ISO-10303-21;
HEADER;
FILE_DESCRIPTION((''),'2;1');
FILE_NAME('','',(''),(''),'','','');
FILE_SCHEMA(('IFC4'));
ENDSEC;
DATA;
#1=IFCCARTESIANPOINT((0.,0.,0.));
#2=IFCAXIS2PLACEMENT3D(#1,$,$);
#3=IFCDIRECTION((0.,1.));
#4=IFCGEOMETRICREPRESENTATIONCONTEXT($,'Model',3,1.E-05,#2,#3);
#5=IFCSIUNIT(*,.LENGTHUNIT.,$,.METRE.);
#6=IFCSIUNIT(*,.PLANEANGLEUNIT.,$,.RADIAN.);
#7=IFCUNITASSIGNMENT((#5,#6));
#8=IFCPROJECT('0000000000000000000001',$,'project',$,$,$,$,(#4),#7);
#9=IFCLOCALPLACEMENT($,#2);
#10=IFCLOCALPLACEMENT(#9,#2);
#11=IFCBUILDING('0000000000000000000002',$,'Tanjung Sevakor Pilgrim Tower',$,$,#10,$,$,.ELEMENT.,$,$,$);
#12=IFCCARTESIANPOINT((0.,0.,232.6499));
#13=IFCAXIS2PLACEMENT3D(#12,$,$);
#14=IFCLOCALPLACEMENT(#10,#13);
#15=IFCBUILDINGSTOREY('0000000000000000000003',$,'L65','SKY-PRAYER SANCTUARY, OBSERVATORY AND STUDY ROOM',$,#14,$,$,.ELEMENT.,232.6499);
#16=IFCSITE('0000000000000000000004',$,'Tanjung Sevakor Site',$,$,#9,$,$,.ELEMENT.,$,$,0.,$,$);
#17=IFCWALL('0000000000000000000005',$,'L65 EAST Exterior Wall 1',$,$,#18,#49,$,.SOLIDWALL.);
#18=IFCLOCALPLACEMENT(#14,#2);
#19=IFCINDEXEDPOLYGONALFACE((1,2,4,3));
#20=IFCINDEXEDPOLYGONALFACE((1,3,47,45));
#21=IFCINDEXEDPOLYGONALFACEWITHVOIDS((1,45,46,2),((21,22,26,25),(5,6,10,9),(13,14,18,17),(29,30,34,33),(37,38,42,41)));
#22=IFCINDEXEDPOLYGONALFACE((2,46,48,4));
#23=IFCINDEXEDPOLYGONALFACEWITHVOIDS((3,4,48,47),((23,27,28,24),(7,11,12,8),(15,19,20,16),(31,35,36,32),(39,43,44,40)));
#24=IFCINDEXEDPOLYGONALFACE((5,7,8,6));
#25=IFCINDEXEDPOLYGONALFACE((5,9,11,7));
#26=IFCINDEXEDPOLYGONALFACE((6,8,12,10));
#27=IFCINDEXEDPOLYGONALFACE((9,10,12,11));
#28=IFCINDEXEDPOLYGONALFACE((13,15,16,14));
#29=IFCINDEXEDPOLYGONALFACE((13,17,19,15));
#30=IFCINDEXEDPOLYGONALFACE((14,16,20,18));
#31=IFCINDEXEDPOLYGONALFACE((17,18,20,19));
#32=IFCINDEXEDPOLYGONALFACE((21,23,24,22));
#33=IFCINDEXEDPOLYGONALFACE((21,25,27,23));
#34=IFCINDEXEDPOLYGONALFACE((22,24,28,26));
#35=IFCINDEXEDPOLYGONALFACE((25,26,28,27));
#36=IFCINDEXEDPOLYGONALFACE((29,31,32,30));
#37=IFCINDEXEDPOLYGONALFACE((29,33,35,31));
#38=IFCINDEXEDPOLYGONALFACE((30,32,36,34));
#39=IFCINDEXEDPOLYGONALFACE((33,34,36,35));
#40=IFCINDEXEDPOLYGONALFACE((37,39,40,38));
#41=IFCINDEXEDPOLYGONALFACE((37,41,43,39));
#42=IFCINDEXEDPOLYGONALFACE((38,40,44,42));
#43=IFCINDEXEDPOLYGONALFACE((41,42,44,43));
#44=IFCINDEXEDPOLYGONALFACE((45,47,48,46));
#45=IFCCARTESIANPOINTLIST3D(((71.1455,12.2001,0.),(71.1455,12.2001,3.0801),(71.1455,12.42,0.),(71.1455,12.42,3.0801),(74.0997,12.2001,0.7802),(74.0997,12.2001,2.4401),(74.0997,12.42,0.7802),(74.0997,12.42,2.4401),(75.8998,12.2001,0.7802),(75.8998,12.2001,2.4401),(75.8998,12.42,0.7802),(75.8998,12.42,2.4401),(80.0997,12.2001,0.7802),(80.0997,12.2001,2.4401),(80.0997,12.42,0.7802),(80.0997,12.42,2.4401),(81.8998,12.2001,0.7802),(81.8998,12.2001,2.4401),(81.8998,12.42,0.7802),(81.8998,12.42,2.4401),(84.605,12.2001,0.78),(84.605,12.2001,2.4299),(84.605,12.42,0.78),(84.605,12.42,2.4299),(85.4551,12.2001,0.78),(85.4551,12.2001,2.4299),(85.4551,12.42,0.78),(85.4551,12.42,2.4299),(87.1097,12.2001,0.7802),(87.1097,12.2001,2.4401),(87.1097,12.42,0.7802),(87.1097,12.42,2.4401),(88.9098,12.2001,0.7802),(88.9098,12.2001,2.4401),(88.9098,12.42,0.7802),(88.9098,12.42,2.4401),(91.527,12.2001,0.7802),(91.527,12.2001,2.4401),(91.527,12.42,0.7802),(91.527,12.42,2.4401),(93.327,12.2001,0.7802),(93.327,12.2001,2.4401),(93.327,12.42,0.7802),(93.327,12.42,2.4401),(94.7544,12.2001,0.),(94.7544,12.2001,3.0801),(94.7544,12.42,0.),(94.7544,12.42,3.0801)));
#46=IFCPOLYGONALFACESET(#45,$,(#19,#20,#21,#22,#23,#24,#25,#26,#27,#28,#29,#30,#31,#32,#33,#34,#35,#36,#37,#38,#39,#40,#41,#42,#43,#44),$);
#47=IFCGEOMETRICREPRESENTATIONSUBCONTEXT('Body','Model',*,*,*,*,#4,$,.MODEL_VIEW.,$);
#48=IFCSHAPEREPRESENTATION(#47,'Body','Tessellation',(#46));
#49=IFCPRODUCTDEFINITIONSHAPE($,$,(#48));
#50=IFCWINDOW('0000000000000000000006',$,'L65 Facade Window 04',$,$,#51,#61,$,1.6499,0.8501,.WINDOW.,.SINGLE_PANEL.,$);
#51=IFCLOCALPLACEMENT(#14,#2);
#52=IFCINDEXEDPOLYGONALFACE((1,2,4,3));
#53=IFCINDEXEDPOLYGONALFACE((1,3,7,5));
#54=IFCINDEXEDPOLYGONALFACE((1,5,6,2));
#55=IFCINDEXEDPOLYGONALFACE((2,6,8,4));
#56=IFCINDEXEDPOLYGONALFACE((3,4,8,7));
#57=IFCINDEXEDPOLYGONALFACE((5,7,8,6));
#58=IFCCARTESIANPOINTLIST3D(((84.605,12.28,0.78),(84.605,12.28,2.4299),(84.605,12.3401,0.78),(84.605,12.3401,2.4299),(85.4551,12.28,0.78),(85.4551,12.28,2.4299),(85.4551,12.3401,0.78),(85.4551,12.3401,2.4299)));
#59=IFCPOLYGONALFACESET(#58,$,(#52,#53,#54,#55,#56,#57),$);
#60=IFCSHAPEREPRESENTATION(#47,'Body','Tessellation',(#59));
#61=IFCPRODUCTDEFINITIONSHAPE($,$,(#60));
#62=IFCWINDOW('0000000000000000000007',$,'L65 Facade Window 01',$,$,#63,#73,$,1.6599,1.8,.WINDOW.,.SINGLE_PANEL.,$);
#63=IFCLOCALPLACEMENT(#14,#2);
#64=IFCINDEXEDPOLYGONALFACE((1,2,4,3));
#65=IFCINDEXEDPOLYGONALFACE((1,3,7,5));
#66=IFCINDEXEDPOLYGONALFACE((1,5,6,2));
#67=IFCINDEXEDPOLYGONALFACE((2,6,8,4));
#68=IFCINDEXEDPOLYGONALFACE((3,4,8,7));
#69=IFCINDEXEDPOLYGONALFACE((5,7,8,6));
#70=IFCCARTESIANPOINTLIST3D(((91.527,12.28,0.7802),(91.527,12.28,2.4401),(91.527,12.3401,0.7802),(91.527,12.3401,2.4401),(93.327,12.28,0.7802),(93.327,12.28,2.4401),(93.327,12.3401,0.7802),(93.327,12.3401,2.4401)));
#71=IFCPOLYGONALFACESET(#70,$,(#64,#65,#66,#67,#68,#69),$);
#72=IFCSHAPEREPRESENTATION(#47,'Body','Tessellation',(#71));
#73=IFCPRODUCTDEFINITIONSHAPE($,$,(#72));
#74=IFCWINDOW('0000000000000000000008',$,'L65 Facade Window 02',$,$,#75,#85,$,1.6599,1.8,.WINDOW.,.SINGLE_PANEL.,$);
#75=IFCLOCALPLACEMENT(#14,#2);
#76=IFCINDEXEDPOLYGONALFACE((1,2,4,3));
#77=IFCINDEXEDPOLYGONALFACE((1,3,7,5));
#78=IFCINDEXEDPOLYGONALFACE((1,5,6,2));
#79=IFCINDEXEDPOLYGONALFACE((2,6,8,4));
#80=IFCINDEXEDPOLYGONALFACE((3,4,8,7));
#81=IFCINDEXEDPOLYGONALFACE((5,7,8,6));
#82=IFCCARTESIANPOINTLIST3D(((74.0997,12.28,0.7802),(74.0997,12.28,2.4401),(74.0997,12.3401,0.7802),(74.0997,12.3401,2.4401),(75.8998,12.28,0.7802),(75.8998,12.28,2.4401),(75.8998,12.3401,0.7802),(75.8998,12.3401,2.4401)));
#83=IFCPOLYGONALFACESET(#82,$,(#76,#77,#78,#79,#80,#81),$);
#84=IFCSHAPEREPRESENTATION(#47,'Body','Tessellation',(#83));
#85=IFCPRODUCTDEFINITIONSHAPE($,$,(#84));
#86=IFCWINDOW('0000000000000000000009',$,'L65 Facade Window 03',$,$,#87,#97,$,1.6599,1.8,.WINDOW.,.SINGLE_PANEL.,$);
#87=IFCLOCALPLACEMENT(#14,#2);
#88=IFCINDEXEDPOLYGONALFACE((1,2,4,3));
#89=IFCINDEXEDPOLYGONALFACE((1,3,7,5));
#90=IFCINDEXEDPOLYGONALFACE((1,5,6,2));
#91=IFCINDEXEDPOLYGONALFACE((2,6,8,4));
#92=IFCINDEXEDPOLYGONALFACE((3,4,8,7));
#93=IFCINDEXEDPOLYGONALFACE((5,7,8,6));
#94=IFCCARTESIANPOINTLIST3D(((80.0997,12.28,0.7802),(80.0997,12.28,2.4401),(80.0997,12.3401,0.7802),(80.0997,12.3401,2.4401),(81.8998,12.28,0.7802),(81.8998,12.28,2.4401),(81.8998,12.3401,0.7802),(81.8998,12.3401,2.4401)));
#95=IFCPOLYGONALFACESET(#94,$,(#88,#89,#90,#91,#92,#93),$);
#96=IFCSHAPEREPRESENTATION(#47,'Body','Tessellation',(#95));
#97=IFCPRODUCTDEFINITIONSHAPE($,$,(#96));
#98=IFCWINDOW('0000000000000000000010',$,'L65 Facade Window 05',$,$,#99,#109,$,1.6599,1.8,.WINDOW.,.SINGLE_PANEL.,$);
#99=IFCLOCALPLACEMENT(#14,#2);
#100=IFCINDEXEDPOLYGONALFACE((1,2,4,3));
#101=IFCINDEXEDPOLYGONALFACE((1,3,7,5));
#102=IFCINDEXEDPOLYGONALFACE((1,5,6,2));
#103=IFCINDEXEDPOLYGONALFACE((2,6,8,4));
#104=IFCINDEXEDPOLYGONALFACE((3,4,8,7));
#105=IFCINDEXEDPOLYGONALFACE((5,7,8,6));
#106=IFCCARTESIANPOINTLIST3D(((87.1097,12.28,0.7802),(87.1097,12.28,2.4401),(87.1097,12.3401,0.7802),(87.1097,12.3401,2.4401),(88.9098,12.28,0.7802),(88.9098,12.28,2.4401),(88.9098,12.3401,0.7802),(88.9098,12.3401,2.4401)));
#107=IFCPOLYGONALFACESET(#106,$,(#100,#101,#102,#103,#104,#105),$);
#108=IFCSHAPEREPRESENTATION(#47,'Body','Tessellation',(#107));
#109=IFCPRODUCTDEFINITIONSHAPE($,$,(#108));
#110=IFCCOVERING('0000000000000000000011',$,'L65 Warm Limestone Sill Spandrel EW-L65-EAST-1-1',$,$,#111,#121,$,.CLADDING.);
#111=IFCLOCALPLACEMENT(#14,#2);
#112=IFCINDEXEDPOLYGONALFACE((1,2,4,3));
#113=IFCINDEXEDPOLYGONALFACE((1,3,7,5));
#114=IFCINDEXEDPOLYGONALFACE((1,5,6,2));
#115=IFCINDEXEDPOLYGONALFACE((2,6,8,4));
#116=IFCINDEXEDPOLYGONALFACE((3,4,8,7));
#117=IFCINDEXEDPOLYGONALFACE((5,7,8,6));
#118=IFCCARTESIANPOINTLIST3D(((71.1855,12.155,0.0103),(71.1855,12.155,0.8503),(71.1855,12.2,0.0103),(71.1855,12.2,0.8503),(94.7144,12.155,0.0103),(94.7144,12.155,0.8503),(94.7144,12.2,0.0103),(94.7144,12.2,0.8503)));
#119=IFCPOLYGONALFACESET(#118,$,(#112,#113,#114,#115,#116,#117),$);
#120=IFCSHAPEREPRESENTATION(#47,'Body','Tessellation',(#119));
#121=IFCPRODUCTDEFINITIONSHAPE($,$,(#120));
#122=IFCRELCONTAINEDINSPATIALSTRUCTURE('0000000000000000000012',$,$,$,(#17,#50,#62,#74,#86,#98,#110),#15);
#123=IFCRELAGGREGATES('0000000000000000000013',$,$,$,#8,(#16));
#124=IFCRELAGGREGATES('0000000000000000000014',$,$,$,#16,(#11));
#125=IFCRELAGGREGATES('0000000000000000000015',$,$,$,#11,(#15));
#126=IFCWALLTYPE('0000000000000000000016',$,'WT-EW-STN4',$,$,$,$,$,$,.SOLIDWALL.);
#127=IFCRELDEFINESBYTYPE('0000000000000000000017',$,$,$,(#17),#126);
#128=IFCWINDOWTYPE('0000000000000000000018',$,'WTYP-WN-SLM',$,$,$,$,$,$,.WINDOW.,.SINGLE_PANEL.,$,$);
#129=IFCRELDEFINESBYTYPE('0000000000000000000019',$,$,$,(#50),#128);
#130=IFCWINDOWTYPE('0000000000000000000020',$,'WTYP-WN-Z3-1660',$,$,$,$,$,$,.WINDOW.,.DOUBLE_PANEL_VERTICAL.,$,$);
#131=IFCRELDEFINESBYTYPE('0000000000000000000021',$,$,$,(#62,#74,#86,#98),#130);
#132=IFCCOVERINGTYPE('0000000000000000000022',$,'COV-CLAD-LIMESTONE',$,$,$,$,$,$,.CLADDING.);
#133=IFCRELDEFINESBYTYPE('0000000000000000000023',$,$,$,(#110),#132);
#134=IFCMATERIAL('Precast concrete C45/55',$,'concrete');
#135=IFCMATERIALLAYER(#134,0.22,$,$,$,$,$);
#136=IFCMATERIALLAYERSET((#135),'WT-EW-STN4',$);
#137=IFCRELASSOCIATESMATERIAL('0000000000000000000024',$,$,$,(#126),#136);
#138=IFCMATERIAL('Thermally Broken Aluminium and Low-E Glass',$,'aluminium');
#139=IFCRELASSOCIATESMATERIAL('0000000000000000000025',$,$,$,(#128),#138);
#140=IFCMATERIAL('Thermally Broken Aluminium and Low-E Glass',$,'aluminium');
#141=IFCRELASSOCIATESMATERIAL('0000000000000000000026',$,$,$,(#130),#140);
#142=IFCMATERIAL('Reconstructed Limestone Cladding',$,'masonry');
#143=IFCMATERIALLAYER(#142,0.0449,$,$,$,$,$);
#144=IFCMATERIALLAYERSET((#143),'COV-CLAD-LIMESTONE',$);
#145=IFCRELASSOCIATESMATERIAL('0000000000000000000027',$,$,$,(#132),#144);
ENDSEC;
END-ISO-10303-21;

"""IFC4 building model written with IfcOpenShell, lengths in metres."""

from ifc_helpers import new_model, si_unit, direction, frame, frame_2d, origin, origin_2d, place, context, subcontext, project, spatial, rectangle, extrude, material, layer, layer_set, type_object, element, fill, save


model = new_model("IFC4")

# Units and contexts
model_context = context("Model", 3, precision=1e-05, world=origin(), true_north=direction((0.0, 1.0)))
body_context = subcontext(model_context, "Body", "Model", "MODEL_VIEW")
ifc_project = project(units=[si_unit("LENGTHUNIT", "METRE"), si_unit("PLANEANGLEUNIT", "RADIAN")], contexts=[model_context])

# Site, building, storey
site_placement = place(None, origin())
site = spatial("IfcSite", under=ifc_project, at=site_placement, Name="Tanjung Sevakor Site", CompositionType="ELEMENT", RefElevation=0.0)
building_placement = place(site_placement, origin())
building = spatial("IfcBuilding", under=site, at=building_placement, Name="Tanjung Sevakor Pilgrim Tower", CompositionType="ELEMENT")
storey_placement = place(building_placement, frame((0.0, 0.0, 232.6499)))
storey = spatial("IfcBuildingStorey", under=building, at=storey_placement, Name="L65", Description="SKY-PRAYER SANCTUARY, OBSERVATORY AND STUDY ROOM", CompositionType="ELEMENT", Elevation=232.6499)

# Wall, openings, windows
ifc_material_1 = material(Name="Precast concrete C45/55", Category="concrete")
ifc_layer_1 = layer(ifc_material_1, 0.22)
ifc_layer_set_1 = layer_set([ifc_layer_1], Name="WT-EW-STN4")
wall_type_1 = type_object("IfcWallType", Name="WT-EW-STN4", PredefinedType="SOLIDWALL", material=ifc_layer_set_1)
wall_placement = place(storey_placement, frame((71.1455, 12.3101, 0.0), z_axis=(0.0, 0.0, 1.0), x_axis=(1.0, 0.0, 0.0)))
wall = element("IfcWall", 1, at=wall_placement, inside=storey, type_object=wall_type_1, Name="L65 EAST Exterior Wall 1", PredefinedType="SOLIDWALL", context=body_context, shape_type="SweptSolid", body=[
    extrude(rectangle(XDim=23.6089, YDim=0.22, at=frame_2d((11.8044, 0.0))), origin(), (0.0, 0.0, 1.0), 3.0801),
])
opening_1_placement = place(wall_placement, frame((20.3816, 0.0, 0.78)))
opening_1 = element("IfcOpeningElement", 2, at=opening_1_placement, cuts=wall, PredefinedType="OPENING", context=body_context, shape_type="SweptSolid", body=[
    extrude(rectangle(XDim=1.8, YDim=1.6599, at=frame_2d((0.8999, 0.8301))), frame((0.0, 0.1199, 0.0), z_axis=(0.0, -1.0, 0.0), x_axis=(1.0, 0.0, 0.0)), (0.0, 0.0, 1.0), 0.24),
])
opening_2_placement = place(wall_placement, frame((2.9543, 0.0, 0.78)))
opening_2 = element("IfcOpeningElement", 3, at=opening_2_placement, cuts=wall, PredefinedType="OPENING", context=body_context, shape_type="SweptSolid", body=[
    extrude(rectangle(XDim=1.8, YDim=1.6599, at=frame_2d((0.8999, 0.8301))), frame((0.0, 0.1199, 0.0), z_axis=(0.0, -1.0, 0.0), x_axis=(1.0, 0.0, 0.0)), (0.0, 0.0, 1.0), 0.24),
])
opening_3_placement = place(wall_placement, frame((8.9543, 0.0, 0.78)))
opening_3 = element("IfcOpeningElement", 4, at=opening_3_placement, cuts=wall, PredefinedType="OPENING", context=body_context, shape_type="SweptSolid", body=[
    extrude(rectangle(XDim=1.8, YDim=1.6599, at=frame_2d((0.8999, 0.8301))), frame((0.0, 0.1199, 0.0), z_axis=(0.0, -1.0, 0.0), x_axis=(1.0, 0.0, 0.0)), (0.0, 0.0, 1.0), 0.24),
])
opening_4_placement = place(wall_placement, frame((13.4595, 0.0, 0.78)))
opening_4 = element("IfcOpeningElement", 5, at=opening_4_placement, cuts=wall, PredefinedType="OPENING", context=body_context, shape_type="SweptSolid", body=[
    extrude(rectangle(XDim=0.8501, YDim=1.6499, at=frame_2d((0.425, 0.825))), frame((0.0, 0.1199, 0.0), z_axis=(0.0, -1.0, 0.0), x_axis=(1.0, 0.0, 0.0)), (0.0, 0.0, 1.0), 0.24),
])
opening_5_placement = place(wall_placement, frame((15.9644, 0.0, 0.78)))
opening_5 = element("IfcOpeningElement", 6, at=opening_5_placement, cuts=wall, PredefinedType="OPENING", context=body_context, shape_type="SweptSolid", body=[
    extrude(rectangle(XDim=1.8, YDim=1.6599, at=frame_2d((0.8999, 0.8301))), frame((0.0, 0.1199, 0.0), z_axis=(0.0, -1.0, 0.0), x_axis=(1.0, 0.0, 0.0)), (0.0, 0.0, 1.0), 0.24),
])
ifc_material_2 = material(Name="Thermally Broken Aluminium and Low-E Glass", Category="aluminium")
window_type_1 = type_object("IfcWindowType", Name="WTYP-WN-SLM", PartitioningType="SINGLE_PANEL", PredefinedType="WINDOW", material=ifc_material_2)
window_1_placement = place(opening_4_placement, origin())
window_1 = element("IfcWindow", 7, at=window_1_placement, inside=storey, type_object=window_type_1, Name="L65 Facade Window 04", OverallHeight=1.6499, OverallWidth=0.8501, PartitioningType="SINGLE_PANEL", PredefinedType="WINDOW", context=body_context, shape_type="SweptSolid", body=[
    extrude(rectangle(XDim=0.8501, YDim=1.6499, at=frame_2d((0.425, 0.825))), frame((0.0, 0.03, 0.0), z_axis=(0.0, -1.0, 0.0), x_axis=(1.0, 0.0, 0.0)), (0.0, 0.0, 1.0), 0.0601),
])
fill(opening_4, window_1)
ifc_material_3 = material(Name="Thermally Broken Aluminium and Low-E Glass", Category="aluminium")
window_type_2 = type_object("IfcWindowType", Name="WTYP-WN-Z3-1660", PartitioningType="DOUBLE_PANEL_VERTICAL", PredefinedType="WINDOW", material=ifc_material_3)
window_2_placement = place(opening_1_placement, origin())
window_2 = element("IfcWindow", 8, at=window_2_placement, inside=storey, type_object=window_type_2, Name="L65 Facade Window 01", OverallHeight=1.6599, OverallWidth=1.8, PartitioningType="SINGLE_PANEL", PredefinedType="WINDOW", context=body_context, shape_type="SweptSolid", body=[
    extrude(rectangle(XDim=1.8, YDim=1.6599, at=frame_2d((0.8999, 0.8301))), frame((0.0, 0.03, 0.0), z_axis=(0.0, -1.0, 0.0), x_axis=(1.0, 0.0, 0.0)), (0.0, 0.0, 1.0), 0.0601),
])
fill(opening_1, window_2)
window_3_placement = place(opening_2_placement, origin())
window_3 = element("IfcWindow", 9, at=window_3_placement, inside=storey, type_object=window_type_2, Name="L65 Facade Window 02", OverallHeight=1.6599, OverallWidth=1.8, PartitioningType="SINGLE_PANEL", PredefinedType="WINDOW", context=body_context, shape_type="SweptSolid", body=[
    extrude(rectangle(XDim=1.8, YDim=1.6599, at=frame_2d((0.8999, 0.8301))), frame((0.0, 0.03, 0.0), z_axis=(0.0, -1.0, 0.0), x_axis=(1.0, 0.0, 0.0)), (0.0, 0.0, 1.0), 0.0601),
])
fill(opening_2, window_3)
window_4_placement = place(opening_3_placement, origin())
window_4 = element("IfcWindow", 10, at=window_4_placement, inside=storey, type_object=window_type_2, Name="L65 Facade Window 03", OverallHeight=1.6599, OverallWidth=1.8, PartitioningType="SINGLE_PANEL", PredefinedType="WINDOW", context=body_context, shape_type="SweptSolid", body=[
    extrude(rectangle(XDim=1.8, YDim=1.6599, at=frame_2d((0.8999, 0.8301))), frame((0.0, 0.03, 0.0), z_axis=(0.0, -1.0, 0.0), x_axis=(1.0, 0.0, 0.0)), (0.0, 0.0, 1.0), 0.0601),
])
fill(opening_3, window_4)
window_5_placement = place(opening_5_placement, origin())
window_5 = element("IfcWindow", 11, at=window_5_placement, inside=storey, type_object=window_type_2, Name="L65 Facade Window 05", OverallHeight=1.6599, OverallWidth=1.8, PartitioningType="SINGLE_PANEL", PredefinedType="WINDOW", context=body_context, shape_type="SweptSolid", body=[
    extrude(rectangle(XDim=1.8, YDim=1.6599, at=frame_2d((0.8999, 0.8301))), frame((0.0, 0.03, 0.0), z_axis=(0.0, -1.0, 0.0), x_axis=(1.0, 0.0, 0.0)), (0.0, 0.0, 1.0), 0.0601),
])
fill(opening_5, window_5)

# Covering
ifc_material_4 = material(Name="Reconstructed Limestone Cladding", Category="masonry")
ifc_layer_2 = layer(ifc_material_4, 0.0449)
ifc_layer_set_2 = layer_set([ifc_layer_2], Name="COV-CLAD-LIMESTONE")
covering_type = type_object("IfcCoveringType", Name="COV-CLAD-LIMESTONE", PredefinedType="CLADDING", material=ifc_layer_set_2)
covering_placement = place(storey_placement, frame((82.95, 12.1775, 0.0103), z_axis=(0.0, 0.0, 1.0), x_axis=(1.0, 0.0, 0.0)))
element("IfcCovering", 12, at=covering_placement, inside=storey, type_object=covering_type, Name="L65 Warm Limestone Sill Spandrel EW-L65-EAST-1-1", PredefinedType="CLADDING", context=body_context, shape_type="SweptSolid", body=[
    extrude(rectangle(XDim=23.5288, YDim=0.0449, at=origin_2d()), origin(), (0.0, 0.0, 1.0), 0.8401),
])

save(model, "model.ifc")
